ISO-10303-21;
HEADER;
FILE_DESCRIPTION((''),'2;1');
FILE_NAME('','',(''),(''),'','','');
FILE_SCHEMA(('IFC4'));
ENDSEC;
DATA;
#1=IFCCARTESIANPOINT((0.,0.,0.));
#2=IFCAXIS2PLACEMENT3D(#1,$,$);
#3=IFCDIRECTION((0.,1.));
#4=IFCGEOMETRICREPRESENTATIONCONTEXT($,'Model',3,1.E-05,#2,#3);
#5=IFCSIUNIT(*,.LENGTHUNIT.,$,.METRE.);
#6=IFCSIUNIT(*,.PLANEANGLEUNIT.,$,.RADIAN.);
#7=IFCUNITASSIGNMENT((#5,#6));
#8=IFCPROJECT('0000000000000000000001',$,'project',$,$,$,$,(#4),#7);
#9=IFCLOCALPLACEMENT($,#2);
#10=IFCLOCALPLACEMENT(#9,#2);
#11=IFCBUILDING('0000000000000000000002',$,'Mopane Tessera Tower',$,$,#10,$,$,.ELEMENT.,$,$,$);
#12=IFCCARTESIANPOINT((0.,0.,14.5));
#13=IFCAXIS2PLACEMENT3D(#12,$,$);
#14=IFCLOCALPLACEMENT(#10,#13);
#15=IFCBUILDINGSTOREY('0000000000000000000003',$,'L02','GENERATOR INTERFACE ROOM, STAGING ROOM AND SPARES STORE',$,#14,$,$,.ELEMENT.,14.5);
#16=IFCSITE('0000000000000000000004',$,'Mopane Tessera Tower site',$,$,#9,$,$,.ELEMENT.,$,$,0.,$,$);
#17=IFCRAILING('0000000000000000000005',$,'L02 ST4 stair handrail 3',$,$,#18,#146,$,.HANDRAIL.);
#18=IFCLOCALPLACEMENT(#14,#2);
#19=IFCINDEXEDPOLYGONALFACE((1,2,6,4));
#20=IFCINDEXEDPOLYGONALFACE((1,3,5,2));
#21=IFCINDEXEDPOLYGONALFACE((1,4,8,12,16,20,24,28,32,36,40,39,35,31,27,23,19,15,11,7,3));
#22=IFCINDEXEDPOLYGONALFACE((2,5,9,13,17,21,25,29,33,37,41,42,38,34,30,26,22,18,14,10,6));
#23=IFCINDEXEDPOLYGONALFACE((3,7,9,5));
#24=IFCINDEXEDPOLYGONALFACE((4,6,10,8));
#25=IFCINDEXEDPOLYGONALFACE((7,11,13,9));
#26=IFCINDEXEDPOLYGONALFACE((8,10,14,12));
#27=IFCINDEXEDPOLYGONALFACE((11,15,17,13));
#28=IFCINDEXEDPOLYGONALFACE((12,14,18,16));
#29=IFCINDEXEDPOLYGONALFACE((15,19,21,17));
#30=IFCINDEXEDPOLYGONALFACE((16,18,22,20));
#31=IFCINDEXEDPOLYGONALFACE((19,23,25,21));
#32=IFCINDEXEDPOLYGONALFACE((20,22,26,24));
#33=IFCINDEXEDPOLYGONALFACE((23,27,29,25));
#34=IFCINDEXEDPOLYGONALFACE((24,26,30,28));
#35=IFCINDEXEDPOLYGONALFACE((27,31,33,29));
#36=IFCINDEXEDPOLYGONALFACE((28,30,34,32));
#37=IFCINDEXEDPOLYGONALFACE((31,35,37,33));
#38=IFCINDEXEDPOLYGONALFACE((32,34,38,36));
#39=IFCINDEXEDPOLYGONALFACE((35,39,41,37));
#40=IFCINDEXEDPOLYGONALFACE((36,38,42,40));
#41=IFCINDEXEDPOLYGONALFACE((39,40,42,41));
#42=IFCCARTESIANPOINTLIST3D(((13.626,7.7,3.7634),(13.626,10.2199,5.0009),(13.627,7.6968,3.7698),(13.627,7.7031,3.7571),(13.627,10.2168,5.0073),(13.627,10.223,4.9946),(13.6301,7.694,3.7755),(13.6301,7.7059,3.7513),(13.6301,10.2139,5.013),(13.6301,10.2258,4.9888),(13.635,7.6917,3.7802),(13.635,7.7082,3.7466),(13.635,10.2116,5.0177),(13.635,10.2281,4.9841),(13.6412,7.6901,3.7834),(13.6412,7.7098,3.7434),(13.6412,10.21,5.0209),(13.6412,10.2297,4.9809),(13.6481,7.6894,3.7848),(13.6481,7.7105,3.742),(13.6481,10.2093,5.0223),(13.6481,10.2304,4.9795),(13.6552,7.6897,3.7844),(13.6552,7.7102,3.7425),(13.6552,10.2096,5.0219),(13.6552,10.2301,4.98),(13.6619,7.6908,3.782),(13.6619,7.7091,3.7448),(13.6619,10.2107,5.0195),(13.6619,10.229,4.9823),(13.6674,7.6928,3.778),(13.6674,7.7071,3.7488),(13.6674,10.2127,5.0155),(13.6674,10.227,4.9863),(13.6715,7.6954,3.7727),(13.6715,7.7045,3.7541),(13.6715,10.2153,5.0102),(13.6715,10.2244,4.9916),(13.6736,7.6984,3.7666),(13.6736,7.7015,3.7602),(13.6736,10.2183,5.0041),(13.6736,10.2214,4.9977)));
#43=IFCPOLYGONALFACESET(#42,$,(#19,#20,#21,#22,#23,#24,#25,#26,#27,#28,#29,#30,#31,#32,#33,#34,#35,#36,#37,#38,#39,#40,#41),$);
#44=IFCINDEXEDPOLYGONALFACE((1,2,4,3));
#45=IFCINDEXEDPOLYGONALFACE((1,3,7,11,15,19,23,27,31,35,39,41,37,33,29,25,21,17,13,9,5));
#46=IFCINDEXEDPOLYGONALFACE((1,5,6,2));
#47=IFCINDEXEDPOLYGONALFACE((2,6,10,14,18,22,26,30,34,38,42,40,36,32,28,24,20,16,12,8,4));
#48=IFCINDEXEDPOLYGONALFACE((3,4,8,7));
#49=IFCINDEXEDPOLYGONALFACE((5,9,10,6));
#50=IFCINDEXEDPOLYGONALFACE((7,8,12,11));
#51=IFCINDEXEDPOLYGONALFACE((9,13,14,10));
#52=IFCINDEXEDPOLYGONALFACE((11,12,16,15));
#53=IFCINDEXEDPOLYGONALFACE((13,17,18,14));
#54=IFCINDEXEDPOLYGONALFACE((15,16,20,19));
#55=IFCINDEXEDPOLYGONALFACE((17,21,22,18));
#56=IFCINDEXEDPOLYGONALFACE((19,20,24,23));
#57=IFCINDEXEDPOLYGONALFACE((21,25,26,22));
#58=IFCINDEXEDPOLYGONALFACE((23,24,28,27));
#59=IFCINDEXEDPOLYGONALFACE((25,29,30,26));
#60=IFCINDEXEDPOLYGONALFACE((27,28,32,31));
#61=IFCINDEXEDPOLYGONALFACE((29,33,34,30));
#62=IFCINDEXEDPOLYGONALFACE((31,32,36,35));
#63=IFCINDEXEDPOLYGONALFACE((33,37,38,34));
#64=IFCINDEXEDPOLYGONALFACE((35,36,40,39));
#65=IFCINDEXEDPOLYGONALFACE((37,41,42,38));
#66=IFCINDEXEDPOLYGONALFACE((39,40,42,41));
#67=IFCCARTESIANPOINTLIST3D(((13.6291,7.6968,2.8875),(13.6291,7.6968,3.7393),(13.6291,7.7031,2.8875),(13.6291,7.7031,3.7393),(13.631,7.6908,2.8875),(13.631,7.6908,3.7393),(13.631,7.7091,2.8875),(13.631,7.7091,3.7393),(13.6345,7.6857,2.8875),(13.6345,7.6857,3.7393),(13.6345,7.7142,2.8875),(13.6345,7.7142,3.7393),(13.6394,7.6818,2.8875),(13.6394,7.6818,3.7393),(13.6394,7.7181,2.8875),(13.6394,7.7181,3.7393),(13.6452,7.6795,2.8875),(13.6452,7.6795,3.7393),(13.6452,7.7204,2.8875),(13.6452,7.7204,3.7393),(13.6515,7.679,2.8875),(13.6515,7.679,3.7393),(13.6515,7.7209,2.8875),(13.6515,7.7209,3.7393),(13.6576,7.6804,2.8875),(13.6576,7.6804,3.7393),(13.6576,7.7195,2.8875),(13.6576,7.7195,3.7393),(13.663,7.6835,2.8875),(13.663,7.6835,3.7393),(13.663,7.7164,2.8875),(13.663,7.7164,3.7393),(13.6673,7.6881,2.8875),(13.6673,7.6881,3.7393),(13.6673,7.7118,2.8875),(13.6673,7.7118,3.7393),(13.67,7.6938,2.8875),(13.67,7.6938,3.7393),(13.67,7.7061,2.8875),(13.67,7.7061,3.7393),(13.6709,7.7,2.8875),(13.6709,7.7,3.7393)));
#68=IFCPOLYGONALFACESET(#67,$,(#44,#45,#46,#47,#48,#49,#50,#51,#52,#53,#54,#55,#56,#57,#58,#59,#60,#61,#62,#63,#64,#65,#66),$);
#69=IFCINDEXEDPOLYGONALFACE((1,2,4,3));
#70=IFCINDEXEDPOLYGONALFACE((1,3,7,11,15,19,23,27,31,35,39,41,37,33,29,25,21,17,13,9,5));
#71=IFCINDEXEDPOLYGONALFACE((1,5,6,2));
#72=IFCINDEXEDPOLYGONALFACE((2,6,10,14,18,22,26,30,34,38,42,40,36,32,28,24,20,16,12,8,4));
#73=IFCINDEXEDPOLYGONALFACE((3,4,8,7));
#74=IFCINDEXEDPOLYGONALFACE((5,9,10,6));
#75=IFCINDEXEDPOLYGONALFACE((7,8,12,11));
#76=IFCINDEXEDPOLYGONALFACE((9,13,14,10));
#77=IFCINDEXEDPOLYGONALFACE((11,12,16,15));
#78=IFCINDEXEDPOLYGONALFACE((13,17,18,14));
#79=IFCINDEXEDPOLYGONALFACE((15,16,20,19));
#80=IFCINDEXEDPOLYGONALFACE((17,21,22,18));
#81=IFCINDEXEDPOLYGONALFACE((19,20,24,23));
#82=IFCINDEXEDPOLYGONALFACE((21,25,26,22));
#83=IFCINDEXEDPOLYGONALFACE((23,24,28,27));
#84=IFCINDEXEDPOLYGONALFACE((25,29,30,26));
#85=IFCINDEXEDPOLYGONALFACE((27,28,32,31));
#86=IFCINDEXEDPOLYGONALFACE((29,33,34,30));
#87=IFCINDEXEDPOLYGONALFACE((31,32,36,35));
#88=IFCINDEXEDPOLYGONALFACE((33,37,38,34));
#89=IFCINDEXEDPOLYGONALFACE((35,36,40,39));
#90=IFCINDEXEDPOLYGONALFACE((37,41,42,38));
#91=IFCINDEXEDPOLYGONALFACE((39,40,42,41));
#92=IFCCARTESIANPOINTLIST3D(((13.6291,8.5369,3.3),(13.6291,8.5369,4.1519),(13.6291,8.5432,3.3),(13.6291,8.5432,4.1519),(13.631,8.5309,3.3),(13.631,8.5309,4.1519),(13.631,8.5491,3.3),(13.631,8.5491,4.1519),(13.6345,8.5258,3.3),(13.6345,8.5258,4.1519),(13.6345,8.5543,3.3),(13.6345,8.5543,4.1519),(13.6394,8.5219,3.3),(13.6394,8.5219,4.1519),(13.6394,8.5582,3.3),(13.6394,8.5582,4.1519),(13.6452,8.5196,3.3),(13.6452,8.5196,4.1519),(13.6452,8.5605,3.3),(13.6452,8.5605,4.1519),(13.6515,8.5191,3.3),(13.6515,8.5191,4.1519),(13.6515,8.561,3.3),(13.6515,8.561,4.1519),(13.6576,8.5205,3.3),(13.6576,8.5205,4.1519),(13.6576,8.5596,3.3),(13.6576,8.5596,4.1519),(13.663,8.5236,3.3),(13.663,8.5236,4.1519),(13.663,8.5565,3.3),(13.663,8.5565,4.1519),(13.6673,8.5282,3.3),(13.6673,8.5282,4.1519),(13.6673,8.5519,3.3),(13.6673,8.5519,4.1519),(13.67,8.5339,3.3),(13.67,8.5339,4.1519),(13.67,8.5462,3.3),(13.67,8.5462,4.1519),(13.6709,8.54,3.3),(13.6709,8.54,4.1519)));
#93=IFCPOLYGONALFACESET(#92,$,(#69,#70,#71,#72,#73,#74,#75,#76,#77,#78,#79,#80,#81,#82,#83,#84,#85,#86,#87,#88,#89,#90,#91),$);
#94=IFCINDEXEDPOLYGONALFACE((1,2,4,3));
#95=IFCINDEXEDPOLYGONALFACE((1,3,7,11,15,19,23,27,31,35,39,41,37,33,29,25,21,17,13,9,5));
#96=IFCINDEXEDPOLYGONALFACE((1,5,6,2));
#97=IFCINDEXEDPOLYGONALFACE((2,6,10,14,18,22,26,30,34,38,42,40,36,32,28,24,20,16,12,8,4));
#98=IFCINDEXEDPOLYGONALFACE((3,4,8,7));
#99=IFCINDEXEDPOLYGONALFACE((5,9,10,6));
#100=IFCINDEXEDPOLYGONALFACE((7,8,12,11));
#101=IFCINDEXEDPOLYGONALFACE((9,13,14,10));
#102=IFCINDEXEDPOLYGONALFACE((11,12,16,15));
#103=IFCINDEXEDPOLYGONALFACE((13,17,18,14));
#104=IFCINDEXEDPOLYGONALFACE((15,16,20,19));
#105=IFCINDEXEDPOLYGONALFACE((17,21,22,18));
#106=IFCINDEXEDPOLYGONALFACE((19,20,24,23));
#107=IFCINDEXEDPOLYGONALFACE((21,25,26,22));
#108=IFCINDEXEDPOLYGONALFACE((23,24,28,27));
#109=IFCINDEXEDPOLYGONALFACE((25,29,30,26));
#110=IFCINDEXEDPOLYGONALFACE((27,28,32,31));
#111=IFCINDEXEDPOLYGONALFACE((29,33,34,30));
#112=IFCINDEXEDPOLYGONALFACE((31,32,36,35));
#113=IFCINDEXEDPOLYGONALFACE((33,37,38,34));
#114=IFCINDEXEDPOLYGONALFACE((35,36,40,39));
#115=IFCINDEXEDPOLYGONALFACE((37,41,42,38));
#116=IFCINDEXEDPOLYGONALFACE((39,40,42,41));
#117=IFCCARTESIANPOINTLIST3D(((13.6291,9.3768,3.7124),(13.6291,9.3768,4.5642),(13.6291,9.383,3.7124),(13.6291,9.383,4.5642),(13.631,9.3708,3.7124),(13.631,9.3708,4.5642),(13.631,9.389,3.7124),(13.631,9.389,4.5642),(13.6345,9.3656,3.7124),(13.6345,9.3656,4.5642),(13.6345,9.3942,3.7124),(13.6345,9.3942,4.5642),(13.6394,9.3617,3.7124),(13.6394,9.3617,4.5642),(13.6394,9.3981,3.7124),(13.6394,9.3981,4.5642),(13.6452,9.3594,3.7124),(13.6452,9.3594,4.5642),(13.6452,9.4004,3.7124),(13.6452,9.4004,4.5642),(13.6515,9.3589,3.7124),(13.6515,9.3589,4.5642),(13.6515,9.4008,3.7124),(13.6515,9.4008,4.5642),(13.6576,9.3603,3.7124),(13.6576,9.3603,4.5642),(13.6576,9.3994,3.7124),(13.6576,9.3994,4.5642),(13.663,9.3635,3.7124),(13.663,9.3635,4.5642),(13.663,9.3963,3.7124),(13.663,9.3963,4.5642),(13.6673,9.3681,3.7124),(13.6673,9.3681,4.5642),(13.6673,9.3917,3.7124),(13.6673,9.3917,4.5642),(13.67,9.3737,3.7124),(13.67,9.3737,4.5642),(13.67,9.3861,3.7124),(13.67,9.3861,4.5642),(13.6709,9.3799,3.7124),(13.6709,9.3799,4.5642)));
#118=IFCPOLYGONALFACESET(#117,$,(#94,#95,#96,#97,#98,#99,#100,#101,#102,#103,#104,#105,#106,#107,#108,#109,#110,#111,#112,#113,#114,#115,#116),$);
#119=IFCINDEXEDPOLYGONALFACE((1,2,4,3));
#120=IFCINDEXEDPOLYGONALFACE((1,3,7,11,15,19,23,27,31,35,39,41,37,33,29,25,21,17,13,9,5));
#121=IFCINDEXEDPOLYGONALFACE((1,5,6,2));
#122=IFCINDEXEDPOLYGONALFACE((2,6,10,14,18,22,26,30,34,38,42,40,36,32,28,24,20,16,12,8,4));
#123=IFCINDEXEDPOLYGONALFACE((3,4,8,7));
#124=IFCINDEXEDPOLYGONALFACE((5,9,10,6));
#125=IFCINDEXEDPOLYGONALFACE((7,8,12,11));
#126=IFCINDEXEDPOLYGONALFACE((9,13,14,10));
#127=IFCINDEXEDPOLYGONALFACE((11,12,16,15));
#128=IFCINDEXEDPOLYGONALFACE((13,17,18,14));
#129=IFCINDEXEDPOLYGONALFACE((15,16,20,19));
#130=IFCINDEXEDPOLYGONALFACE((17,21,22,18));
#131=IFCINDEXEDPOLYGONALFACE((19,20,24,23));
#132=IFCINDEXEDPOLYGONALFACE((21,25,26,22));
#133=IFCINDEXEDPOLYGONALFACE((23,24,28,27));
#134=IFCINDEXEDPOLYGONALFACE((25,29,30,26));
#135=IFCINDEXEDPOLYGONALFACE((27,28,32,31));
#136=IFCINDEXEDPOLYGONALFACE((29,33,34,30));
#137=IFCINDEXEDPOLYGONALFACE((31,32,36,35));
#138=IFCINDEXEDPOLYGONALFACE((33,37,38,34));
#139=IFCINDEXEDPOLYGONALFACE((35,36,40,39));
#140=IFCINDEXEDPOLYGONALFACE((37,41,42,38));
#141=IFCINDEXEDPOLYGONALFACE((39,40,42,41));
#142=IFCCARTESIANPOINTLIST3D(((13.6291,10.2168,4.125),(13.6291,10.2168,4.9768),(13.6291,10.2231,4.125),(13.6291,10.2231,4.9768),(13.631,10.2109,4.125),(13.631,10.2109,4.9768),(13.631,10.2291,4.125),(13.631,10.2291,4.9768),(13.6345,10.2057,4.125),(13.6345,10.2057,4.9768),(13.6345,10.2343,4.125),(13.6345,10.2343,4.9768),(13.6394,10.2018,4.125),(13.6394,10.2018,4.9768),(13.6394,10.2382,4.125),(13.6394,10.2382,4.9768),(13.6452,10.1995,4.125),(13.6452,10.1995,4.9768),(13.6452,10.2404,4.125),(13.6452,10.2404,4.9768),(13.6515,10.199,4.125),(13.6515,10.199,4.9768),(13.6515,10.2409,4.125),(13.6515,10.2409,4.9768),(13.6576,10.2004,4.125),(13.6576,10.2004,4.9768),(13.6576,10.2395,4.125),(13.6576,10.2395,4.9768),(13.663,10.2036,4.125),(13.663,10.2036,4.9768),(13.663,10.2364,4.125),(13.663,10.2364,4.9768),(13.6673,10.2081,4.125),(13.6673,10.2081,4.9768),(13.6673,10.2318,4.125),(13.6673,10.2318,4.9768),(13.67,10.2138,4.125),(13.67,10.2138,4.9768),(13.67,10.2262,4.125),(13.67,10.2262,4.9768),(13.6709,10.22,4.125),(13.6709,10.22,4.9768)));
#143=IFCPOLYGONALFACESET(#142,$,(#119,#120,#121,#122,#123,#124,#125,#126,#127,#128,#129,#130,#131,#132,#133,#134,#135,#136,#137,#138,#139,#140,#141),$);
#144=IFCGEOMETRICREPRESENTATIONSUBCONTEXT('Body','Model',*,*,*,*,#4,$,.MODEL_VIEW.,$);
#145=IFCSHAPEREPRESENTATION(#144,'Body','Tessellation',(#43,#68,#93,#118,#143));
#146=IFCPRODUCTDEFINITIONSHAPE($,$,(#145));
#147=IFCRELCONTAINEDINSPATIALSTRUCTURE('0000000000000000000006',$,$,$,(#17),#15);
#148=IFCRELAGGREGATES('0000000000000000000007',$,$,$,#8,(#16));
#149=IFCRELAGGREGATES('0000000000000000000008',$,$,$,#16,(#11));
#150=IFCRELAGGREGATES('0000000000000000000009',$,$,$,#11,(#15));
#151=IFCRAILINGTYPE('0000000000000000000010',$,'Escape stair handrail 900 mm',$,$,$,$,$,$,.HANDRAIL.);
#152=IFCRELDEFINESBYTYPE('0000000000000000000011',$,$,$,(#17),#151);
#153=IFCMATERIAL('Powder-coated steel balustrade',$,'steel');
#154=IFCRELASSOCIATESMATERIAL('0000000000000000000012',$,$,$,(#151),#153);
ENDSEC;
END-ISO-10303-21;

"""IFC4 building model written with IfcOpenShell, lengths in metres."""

from ifc_helpers import new_model, si_unit, direction, frame, origin, origin_2d, place, context, subcontext, project, spatial, circle, extrude, material, type_object, element, save


model = new_model("IFC4")

# Units and contexts
model_context = context("Model", 3, precision=1e-05, world=origin(), true_north=direction((0.0, 1.0)))
body_context = subcontext(model_context, "Body", "Model", "MODEL_VIEW")
ifc_project = project(units=[si_unit("LENGTHUNIT", "METRE"), si_unit("PLANEANGLEUNIT", "RADIAN")], contexts=[model_context])

# Site, building, storey
site_placement = place(None, origin())
site = spatial("IfcSite", under=ifc_project, at=site_placement, Name="Mopane Tessera Tower site", CompositionType="ELEMENT", RefElevation=0.0)
building_placement = place(site_placement, origin())
building = spatial("IfcBuilding", under=site, at=building_placement, Name="Mopane Tessera Tower", CompositionType="ELEMENT")
storey_placement = place(building_placement, frame((0.0, 0.0, 14.5)))
storey = spatial("IfcBuildingStorey", under=building, at=storey_placement, Name="L02", Description="GENERATOR INTERFACE ROOM, STAGING ROOM AND SPARES STORE", CompositionType="ELEMENT", Elevation=14.5)

# Railing
ifc_material_1 = material(Name="Powder-coated steel balustrade", Category="steel")
railing_type_1 = type_object("IfcRailingType", Name="Escape stair handrail 900 mm", PredefinedType="HANDRAIL", material=ifc_material_1)
for number, where, name in (
    (1, (13.6499, 7.7, 2.8875), "L02 ST4 stair handrail 3"),
):
    element("IfcRailing", number, at=place(storey_placement, frame(where)), inside=storey, type_object=railing_type_1, Name=name, PredefinedType="HANDRAIL", context=body_context, shape_type="SweptSolid", body=[
        extrude(circle(Radius=0.0239, at=origin_2d()), frame((0.0, 0.0, 0.876), z_axis=(0.0, 0.897604, 0.440802), x_axis=(-1.0, 0.0, 0.0)), (0.0, 0.0, 1.0), 2.8074),
        extrude(circle(Radius=0.021, at=origin_2d()), origin(), (0.0, 0.0, 1.0), 0.8518),
        extrude(circle(Radius=0.021, at=origin_2d()), frame((0.0, 0.8401, 0.4126)), (0.0, 0.0, 1.0), 0.8518),
        extrude(circle(Radius=0.021, at=origin_2d()), frame((0.0, 1.6799, 0.825)), (0.0, 0.0, 1.0), 0.8518),
        extrude(circle(Radius=0.021, at=origin_2d()), frame((0.0, 2.52, 1.2375)), (0.0, 0.0, 1.0), 0.8518),
    ])

save(model, "model.ifc")
